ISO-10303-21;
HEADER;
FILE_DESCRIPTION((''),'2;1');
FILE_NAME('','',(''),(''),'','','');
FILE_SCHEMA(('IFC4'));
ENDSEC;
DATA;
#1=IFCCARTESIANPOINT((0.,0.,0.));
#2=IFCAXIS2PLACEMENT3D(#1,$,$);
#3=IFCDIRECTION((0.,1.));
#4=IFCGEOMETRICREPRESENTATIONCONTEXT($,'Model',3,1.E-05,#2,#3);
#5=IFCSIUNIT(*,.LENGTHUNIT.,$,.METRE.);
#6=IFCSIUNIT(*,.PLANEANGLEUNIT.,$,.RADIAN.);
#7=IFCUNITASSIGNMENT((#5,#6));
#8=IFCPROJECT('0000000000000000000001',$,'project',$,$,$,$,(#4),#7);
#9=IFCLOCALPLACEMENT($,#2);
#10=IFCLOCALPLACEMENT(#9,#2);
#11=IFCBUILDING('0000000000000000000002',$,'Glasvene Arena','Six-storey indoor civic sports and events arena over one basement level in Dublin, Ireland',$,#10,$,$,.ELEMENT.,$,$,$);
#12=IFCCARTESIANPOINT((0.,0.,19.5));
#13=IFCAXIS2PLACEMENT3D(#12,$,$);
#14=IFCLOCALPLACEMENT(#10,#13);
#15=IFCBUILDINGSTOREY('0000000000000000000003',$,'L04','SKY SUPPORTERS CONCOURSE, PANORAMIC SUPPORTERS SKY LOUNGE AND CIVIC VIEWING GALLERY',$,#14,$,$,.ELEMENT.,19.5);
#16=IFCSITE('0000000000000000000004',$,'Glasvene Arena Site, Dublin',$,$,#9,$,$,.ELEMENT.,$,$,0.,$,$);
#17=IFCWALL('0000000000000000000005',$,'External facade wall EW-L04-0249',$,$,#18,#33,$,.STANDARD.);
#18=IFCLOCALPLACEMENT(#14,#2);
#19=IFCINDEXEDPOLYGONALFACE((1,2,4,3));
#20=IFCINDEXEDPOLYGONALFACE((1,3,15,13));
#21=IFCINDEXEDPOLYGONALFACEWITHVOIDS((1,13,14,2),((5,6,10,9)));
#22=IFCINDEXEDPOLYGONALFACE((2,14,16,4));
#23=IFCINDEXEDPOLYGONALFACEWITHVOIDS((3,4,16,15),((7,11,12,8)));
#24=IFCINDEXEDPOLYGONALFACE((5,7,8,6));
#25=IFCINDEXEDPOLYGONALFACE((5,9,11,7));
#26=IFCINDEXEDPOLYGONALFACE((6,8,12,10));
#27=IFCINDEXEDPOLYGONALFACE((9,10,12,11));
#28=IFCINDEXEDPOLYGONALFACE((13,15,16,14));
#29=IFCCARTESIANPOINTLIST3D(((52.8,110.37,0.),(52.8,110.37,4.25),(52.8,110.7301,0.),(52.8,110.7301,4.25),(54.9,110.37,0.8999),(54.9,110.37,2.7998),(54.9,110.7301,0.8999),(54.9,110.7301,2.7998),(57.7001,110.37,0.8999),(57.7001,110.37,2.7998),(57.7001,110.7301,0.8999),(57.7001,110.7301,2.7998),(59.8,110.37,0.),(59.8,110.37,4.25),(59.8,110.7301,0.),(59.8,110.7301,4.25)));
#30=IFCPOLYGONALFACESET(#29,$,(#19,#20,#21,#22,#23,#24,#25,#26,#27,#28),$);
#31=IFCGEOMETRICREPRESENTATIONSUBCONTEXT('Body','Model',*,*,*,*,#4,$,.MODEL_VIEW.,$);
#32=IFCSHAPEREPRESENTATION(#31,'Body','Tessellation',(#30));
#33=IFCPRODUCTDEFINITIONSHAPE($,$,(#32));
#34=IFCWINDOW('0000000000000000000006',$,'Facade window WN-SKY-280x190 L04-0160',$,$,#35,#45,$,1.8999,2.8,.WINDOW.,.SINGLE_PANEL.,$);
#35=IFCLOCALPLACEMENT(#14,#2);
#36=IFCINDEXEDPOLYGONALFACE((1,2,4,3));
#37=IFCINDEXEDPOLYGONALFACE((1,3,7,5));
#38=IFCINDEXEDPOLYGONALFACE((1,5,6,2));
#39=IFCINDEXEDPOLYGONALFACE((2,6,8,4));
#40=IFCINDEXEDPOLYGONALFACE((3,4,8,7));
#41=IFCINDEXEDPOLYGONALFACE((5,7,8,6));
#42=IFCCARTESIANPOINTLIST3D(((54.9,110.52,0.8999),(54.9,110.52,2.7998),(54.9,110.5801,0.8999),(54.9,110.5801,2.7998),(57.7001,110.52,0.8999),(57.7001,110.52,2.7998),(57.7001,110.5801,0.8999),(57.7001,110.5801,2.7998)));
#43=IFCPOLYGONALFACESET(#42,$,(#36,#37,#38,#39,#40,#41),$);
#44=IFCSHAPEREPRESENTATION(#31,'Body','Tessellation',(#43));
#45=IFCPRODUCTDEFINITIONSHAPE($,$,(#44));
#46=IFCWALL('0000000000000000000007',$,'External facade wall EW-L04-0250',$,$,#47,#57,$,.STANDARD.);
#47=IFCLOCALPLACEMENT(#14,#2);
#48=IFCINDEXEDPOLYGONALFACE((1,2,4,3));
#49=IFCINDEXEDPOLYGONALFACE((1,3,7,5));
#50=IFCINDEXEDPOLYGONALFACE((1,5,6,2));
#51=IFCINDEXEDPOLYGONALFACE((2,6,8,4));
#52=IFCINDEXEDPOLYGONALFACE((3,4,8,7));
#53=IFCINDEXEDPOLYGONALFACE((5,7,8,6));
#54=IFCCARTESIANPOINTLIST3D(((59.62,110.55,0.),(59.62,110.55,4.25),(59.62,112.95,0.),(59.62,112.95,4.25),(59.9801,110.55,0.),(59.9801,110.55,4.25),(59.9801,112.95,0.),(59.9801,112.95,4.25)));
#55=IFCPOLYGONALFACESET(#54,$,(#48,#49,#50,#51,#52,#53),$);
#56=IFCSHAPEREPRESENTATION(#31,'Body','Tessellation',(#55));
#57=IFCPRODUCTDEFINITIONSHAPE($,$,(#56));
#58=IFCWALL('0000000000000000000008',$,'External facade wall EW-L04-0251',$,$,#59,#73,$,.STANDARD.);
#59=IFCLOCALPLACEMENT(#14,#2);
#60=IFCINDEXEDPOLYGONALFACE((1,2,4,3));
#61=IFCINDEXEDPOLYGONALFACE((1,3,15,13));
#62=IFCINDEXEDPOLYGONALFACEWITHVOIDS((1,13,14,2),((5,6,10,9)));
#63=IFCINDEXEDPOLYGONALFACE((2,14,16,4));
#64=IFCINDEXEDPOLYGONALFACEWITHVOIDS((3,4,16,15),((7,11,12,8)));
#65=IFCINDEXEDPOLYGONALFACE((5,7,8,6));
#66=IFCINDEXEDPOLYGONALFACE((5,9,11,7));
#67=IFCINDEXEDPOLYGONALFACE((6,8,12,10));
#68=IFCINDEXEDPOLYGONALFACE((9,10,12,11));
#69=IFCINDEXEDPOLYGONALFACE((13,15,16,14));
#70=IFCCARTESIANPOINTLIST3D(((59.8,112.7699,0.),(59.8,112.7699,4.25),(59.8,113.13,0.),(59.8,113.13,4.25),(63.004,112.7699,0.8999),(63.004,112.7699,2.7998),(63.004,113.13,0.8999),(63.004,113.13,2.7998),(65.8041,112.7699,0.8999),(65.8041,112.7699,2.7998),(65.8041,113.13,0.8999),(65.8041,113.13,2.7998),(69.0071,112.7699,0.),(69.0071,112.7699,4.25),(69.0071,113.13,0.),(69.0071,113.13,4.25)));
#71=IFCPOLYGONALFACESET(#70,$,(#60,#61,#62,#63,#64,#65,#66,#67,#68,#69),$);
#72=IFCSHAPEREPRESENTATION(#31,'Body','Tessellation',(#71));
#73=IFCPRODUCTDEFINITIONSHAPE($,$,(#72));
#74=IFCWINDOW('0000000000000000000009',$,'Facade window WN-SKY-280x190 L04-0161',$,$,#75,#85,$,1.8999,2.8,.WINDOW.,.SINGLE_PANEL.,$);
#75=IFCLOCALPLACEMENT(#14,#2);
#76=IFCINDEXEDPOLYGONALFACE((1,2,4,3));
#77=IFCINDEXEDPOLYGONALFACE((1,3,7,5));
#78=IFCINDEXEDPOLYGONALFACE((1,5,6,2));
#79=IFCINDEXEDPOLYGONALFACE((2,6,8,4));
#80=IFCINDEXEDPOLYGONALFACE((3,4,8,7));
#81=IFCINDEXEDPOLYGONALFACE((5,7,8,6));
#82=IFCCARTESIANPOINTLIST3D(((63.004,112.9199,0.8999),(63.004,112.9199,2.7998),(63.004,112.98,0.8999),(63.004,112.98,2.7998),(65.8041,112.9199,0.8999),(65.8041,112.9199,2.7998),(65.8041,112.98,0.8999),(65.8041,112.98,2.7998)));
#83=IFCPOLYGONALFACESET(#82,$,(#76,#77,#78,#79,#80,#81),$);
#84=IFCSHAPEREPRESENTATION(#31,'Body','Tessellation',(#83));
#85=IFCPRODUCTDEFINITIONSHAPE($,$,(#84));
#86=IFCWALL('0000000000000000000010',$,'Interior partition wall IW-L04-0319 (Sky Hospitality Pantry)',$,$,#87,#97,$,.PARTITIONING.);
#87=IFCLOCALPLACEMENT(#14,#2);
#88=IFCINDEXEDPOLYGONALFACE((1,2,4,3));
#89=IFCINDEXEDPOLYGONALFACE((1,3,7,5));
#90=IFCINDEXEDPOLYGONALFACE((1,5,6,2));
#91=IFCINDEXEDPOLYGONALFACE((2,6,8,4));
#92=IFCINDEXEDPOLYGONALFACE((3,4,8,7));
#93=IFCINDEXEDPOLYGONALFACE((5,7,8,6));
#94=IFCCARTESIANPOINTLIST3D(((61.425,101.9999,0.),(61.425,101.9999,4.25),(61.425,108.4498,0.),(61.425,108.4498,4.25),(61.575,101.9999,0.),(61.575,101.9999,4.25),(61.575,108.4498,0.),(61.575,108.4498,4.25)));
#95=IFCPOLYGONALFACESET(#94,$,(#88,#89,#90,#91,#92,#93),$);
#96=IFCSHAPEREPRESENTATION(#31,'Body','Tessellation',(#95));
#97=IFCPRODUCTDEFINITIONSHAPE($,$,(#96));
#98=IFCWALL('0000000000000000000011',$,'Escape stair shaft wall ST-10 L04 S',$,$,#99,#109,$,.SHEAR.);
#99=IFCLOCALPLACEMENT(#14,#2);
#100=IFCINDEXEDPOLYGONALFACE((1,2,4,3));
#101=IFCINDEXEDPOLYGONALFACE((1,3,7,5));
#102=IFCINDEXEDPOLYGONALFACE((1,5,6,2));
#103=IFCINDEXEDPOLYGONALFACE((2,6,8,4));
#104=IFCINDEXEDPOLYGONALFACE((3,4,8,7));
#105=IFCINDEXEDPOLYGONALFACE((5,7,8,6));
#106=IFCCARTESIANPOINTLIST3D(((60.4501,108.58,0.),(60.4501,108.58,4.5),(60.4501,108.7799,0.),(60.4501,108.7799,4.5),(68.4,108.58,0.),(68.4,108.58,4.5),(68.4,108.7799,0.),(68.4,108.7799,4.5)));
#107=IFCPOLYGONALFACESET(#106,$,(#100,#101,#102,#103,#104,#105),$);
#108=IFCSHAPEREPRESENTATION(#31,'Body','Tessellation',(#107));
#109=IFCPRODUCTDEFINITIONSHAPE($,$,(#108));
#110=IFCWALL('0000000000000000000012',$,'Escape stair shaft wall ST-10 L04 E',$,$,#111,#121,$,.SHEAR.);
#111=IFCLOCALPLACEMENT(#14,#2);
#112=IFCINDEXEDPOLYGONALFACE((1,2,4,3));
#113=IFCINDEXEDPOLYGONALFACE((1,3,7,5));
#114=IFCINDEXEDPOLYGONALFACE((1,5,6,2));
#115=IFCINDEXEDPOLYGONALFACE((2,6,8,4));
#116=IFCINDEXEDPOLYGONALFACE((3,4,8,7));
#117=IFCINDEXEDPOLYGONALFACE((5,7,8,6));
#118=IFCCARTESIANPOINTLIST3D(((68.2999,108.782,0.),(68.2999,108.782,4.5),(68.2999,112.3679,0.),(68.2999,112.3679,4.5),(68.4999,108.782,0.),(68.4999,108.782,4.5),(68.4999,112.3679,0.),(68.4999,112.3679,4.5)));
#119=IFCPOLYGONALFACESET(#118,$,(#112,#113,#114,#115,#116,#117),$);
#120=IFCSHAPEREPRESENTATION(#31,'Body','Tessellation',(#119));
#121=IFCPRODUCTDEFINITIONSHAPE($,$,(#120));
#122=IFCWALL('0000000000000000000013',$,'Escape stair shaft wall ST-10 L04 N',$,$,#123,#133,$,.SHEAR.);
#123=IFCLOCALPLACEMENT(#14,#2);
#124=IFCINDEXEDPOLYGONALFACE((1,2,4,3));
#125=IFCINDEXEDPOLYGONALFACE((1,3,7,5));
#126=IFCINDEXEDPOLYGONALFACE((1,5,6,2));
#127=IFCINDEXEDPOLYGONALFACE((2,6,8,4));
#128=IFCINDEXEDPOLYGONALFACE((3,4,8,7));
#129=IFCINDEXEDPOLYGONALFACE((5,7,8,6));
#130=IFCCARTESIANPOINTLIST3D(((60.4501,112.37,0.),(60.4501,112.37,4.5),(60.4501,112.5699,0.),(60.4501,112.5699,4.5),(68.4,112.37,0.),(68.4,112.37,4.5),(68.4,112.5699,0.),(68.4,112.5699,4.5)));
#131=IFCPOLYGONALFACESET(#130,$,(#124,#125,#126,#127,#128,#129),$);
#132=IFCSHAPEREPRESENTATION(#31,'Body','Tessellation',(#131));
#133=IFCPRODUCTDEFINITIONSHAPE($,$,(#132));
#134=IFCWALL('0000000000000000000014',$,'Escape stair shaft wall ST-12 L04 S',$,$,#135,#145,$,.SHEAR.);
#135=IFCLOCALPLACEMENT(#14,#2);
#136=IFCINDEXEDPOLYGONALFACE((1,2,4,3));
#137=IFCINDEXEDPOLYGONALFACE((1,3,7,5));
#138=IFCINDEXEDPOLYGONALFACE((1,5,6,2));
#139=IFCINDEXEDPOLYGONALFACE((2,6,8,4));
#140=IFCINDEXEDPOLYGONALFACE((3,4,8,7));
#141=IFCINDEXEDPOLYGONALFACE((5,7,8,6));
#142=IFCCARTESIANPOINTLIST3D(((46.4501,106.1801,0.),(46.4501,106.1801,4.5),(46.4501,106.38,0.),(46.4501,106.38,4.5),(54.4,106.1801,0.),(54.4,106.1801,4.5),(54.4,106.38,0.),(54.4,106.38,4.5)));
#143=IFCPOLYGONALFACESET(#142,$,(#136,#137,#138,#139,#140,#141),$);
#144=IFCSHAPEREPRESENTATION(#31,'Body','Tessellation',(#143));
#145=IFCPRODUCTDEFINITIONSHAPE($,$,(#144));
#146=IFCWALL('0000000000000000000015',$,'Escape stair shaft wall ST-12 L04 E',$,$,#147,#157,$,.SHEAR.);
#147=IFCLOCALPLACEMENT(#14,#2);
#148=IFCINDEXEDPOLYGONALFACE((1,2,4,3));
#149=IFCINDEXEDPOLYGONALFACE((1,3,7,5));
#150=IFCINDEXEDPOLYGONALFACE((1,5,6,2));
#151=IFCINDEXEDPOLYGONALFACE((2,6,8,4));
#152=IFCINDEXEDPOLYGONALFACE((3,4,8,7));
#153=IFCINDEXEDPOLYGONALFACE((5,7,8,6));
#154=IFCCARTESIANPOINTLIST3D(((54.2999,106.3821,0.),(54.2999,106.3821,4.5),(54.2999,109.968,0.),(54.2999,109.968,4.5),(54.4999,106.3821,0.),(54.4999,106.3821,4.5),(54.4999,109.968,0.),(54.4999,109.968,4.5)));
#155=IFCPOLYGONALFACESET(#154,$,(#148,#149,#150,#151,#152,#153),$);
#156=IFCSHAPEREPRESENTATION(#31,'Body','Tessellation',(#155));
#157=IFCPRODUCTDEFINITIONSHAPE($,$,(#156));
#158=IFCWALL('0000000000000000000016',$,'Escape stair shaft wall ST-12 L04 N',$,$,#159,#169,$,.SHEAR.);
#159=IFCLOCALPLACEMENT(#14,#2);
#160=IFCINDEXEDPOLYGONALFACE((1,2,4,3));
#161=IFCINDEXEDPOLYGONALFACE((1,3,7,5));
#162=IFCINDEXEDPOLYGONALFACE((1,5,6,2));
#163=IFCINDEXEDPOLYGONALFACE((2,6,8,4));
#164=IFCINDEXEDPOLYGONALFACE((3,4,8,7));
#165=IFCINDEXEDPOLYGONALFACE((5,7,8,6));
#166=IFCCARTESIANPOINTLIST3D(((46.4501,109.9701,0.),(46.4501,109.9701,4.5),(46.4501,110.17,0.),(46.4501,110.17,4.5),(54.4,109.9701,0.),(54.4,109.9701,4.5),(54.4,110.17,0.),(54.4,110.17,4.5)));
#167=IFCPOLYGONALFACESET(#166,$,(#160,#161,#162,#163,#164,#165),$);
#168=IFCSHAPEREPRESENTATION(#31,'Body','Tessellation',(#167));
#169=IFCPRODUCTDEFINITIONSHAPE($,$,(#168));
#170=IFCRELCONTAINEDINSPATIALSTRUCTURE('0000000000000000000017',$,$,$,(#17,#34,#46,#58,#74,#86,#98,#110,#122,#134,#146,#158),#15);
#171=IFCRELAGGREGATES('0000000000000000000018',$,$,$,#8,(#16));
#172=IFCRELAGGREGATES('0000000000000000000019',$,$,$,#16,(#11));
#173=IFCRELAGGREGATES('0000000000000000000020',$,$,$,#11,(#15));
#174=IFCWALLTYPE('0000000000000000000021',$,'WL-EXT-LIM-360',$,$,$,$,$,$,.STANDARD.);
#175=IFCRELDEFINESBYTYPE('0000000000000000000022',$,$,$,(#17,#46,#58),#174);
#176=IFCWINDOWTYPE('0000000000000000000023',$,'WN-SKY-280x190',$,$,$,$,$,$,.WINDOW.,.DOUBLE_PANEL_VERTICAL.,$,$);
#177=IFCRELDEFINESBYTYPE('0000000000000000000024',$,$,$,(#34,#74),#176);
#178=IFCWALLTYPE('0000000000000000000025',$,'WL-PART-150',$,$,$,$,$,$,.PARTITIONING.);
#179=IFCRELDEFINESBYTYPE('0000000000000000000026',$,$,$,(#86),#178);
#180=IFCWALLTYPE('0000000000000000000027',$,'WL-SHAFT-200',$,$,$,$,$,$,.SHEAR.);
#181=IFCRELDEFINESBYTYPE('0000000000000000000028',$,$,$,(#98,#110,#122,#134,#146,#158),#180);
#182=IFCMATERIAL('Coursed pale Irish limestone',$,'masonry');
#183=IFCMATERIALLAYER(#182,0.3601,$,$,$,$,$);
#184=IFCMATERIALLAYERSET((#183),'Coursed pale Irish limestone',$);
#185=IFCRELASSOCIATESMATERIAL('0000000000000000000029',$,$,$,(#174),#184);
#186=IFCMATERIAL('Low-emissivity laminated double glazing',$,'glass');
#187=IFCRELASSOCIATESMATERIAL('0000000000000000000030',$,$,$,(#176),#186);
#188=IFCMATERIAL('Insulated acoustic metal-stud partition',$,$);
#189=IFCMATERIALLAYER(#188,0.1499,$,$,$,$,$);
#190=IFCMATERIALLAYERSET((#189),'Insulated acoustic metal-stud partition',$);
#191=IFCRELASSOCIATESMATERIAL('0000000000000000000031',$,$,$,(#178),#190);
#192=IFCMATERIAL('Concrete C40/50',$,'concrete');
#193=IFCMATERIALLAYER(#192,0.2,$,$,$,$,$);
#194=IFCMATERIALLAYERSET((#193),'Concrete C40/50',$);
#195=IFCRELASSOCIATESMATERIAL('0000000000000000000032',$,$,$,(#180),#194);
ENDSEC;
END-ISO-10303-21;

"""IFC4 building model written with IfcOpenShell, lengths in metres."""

from ifc_helpers import new_model, si_unit, direction, frame, frame_2d, origin, place, context, subcontext, project, spatial, rectangle, extrude, material, layer, layer_set, type_object, element, fill, save


model = new_model("IFC4")

# Units and contexts
model_context = context("Model", 3, precision=1e-05, world=origin(), true_north=direction((0.0, 1.0)))
body_context = subcontext(model_context, "Body", "Model", "MODEL_VIEW")
ifc_project = project(units=[si_unit("LENGTHUNIT", "METRE"), si_unit("PLANEANGLEUNIT", "RADIAN")], contexts=[model_context])

# Site, building, storey
site_placement = place(None, origin())
site = spatial("IfcSite", under=ifc_project, at=site_placement, Name="Glasvene Arena Site, Dublin", CompositionType="ELEMENT", RefElevation=0.0)
building_placement = place(site_placement, origin())
building = spatial("IfcBuilding", under=site, at=building_placement, Name="Glasvene Arena", Description="Six-storey indoor civic sports and events arena over one basement level in Dublin, Ireland", CompositionType="ELEMENT")
storey_placement = place(building_placement, frame((0.0, 0.0, 19.5)))
storey = spatial("IfcBuildingStorey", under=building, at=storey_placement, Name="L04", Description="SKY SUPPORTERS CONCOURSE, PANORAMIC SUPPORTERS SKY LOUNGE AND CIVIC VIEWING GALLERY", CompositionType="ELEMENT", Elevation=19.5)

# Wall, opening, window
ifc_material_1 = material(Name="Coursed pale Irish limestone", Category="masonry")
ifc_layer_1 = layer(ifc_material_1, 0.3601)
ifc_layer_set_1 = layer_set([ifc_layer_1], Name="Coursed pale Irish limestone")
wall_type_1 = type_object("IfcWallType", Name="WL-EXT-LIM-360", PredefinedType="STANDARD", material=ifc_layer_set_1)
ifc_material_2 = material(Name="Low-emissivity laminated double glazing", Category="glass")
window_type = type_object("IfcWindowType", Name="WN-SKY-280x190", PartitioningType="DOUBLE_PANEL_VERTICAL", PredefinedType="WINDOW", material=ifc_material_2)
wall_1_placement = place(storey_placement, frame((52.8, 110.55, 0.0), z_axis=(0.0, 0.0, 1.0), x_axis=(1.0, 0.0, 0.0)))
wall_1 = element("IfcWall", 1, at=wall_1_placement, inside=storey, type_object=wall_type_1, Name="External facade wall EW-L04-0249", PredefinedType="STANDARD", context=body_context, shape_type="SweptSolid", body=[
    extrude(rectangle(XDim=7.0, YDim=0.3601, at=frame_2d((3.5, 0.0))), origin(), (0.0, 0.0, 1.0), 4.25),
])
opening_1_placement = place(wall_1_placement, frame((2.1001, 0.0, 0.8999)))
opening_1 = element("IfcOpeningElement", 2, at=opening_1_placement, cuts=wall_1, PredefinedType="OPENING", context=body_context, shape_type="SweptSolid", body=[
    extrude(rectangle(XDim=2.8, YDim=1.8999, at=frame_2d((1.3999, 0.95))), frame((0.0, 0.1899, 0.0), z_axis=(0.0, -1.0, 0.0), x_axis=(1.0, 0.0, 0.0)), (0.0, 0.0, 1.0), 0.3801),
])
window_1_placement = place(opening_1_placement, origin())
window_1 = element("IfcWindow", 3, at=window_1_placement, inside=storey, type_object=window_type, Name="Facade window WN-SKY-280x190 L04-0160", OverallHeight=1.8999, OverallWidth=2.8, PartitioningType="SINGLE_PANEL", PredefinedType="WINDOW", context=body_context, shape_type="SweptSolid", body=[
    extrude(rectangle(XDim=2.8, YDim=1.8999, at=frame_2d((1.3999, 0.95))), frame((0.0, 0.03, 0.0), z_axis=(0.0, -1.0, 0.0), x_axis=(1.0, 0.0, 0.0)), (0.0, 0.0, 1.0), 0.0601),
])
fill(opening_1, window_1)

# Wall
wall_2_placement = place(storey_placement, frame((59.8, 110.55, 0.0), z_axis=(0.0, 0.0, 1.0), x_axis=(0.0, 1.0, 0.0)))
element("IfcWall", 4, at=wall_2_placement, inside=storey, type_object=wall_type_1, Name="External facade wall EW-L04-0250", PredefinedType="STANDARD", context=body_context, shape_type="SweptSolid", body=[
    extrude(rectangle(XDim=2.3999, YDim=0.3601, at=frame_2d((1.2, 0.0))), origin(), (0.0, 0.0, 1.0), 4.25),
])

# Wall, opening, window
wall_3_placement = place(storey_placement, frame((59.8, 112.95, 0.0), z_axis=(0.0, 0.0, 1.0), x_axis=(1.0, 0.0, 0.0)))
wall_3 = element("IfcWall", 5, at=wall_3_placement, inside=storey, type_object=wall_type_1, Name="External facade wall EW-L04-0251", PredefinedType="STANDARD", context=body_context, shape_type="SweptSolid", body=[
    extrude(rectangle(XDim=9.207, YDim=0.3601, at=frame_2d((4.6035, 0.0))), origin(), (0.0, 0.0, 1.0), 4.25),
])
opening_2_placement = place(wall_3_placement, frame((3.2041, 0.0, 0.8999)))
opening_2 = element("IfcOpeningElement", 6, at=opening_2_placement, cuts=wall_3, PredefinedType="OPENING", context=body_context, shape_type="SweptSolid", body=[
    extrude(rectangle(XDim=2.8, YDim=1.8999, at=frame_2d((1.3999, 0.95))), frame((0.0, 0.1899, 0.0), z_axis=(0.0, -1.0, 0.0), x_axis=(1.0, 0.0, 0.0)), (0.0, 0.0, 1.0), 0.3801),
])
window_2_placement = place(opening_2_placement, origin())
window_2 = element("IfcWindow", 7, at=window_2_placement, inside=storey, type_object=window_type, Name="Facade window WN-SKY-280x190 L04-0161", OverallHeight=1.8999, OverallWidth=2.8, PartitioningType="SINGLE_PANEL", PredefinedType="WINDOW", context=body_context, shape_type="SweptSolid", body=[
    extrude(rectangle(XDim=2.8, YDim=1.8999, at=frame_2d((1.3999, 0.95))), frame((0.0, 0.03, 0.0), z_axis=(0.0, -1.0, 0.0), x_axis=(1.0, 0.0, 0.0)), (0.0, 0.0, 1.0), 0.0601),
])
fill(opening_2, window_2)

# Walls
ifc_material_3 = material(Name="Insulated acoustic metal-stud partition")
ifc_layer_2 = layer(ifc_material_3, 0.1499)
ifc_layer_set_2 = layer_set([ifc_layer_2], Name="Insulated acoustic metal-stud partition")
wall_type_2 = type_object("IfcWallType", Name="WL-PART-150", PredefinedType="PARTITIONING", material=ifc_layer_set_2)
wall_4_placement = place(storey_placement, frame((61.5, 108.45, 0.0), z_axis=(0.0, 0.0, 1.0), x_axis=(0.0, -1.0, 0.0)))
element("IfcWall", 8, at=wall_4_placement, inside=storey, type_object=wall_type_2, Name="Interior partition wall IW-L04-0319 (Sky Hospitality Pantry)", PredefinedType="PARTITIONING", context=body_context, shape_type="SweptSolid", body=[
    extrude(rectangle(XDim=6.45, YDim=0.1499, at=frame_2d((3.2251, 0.0))), origin(), (0.0, 0.0, 1.0), 4.25),
])
ifc_material_4 = material(Name="Concrete C40/50", Category="concrete")
ifc_layer_3 = layer(ifc_material_4, 0.2)
ifc_layer_set_3 = layer_set([ifc_layer_3], Name="Concrete C40/50")
wall_type_3 = type_object("IfcWallType", Name="WL-SHAFT-200", PredefinedType="SHEAR", material=ifc_layer_set_3)
wall_5_placement = place(storey_placement, frame((60.45, 108.6799, 0.0), z_axis=(0.0, 0.0, 1.0), x_axis=(1.0, 0.0, 0.0)))
element("IfcWall", 9, at=wall_5_placement, inside=storey, type_object=wall_type_3, Name="Escape stair shaft wall ST-10 L04 S", PredefinedType="SHEAR", context=body_context, shape_type="SweptSolid", body=[
    extrude(rectangle(XDim=7.95, YDim=0.2, at=frame_2d((3.9751, 0.0))), origin(), (0.0, 0.0, 1.0), 4.5),
])

# Walls
wall_6_placement = place(storey_placement, frame((68.3999, 108.782, 0.0), z_axis=(0.0, 0.0, 1.0), x_axis=(0.0, 1.0, 0.0)))
element("IfcWall", 10, at=wall_6_placement, inside=storey, type_object=wall_type_3, Name="Escape stair shaft wall ST-10 L04 E", PredefinedType="SHEAR", context=body_context, shape_type="SweptSolid", body=[
    extrude(rectangle(XDim=3.5859, YDim=0.2, at=frame_2d((1.793, 0.0))), origin(), (0.0, 0.0, 1.0), 4.5),
])
for number, where, z_axis, x_axis, name in (
    (11, (60.45, 112.47, 0.0), (0.0, 0.0, 1.0), (1.0, 0.0, 0.0), "Escape stair shaft wall ST-10 L04 N"),
    (12, (46.45, 106.28, 0.0), (0.0, 0.0, 1.0), (1.0, 0.0, 0.0), "Escape stair shaft wall ST-12 L04 S"),
):
    element("IfcWall", number, at=place(storey_placement, frame(where, z_axis=z_axis, x_axis=x_axis)), inside=storey, type_object=wall_type_3, Name=name, PredefinedType="SHEAR", context=body_context, shape_type="SweptSolid", body=[
        extrude(rectangle(XDim=7.95, YDim=0.2, at=frame_2d((3.9751, 0.0))), origin(), (0.0, 0.0, 1.0), 4.5),
    ])

# Walls
wall_7_placement = place(storey_placement, frame((54.3999, 106.3821, 0.0), z_axis=(0.0, 0.0, 1.0), x_axis=(0.0, 1.0, 0.0)))
element("IfcWall", 13, at=wall_7_placement, inside=storey, type_object=wall_type_3, Name="Escape stair shaft wall ST-12 L04 E", PredefinedType="SHEAR", context=body_context, shape_type="SweptSolid", body=[
    extrude(rectangle(XDim=3.5859, YDim=0.2, at=frame_2d((1.793, 0.0))), origin(), (0.0, 0.0, 1.0), 4.5),
])
wall_8_placement = place(storey_placement, frame((46.45, 110.0701, 0.0), z_axis=(0.0, 0.0, 1.0), x_axis=(1.0, 0.0, 0.0)))
element("IfcWall", 14, at=wall_8_placement, inside=storey, type_object=wall_type_3, Name="Escape stair shaft wall ST-12 L04 N", PredefinedType="SHEAR", context=body_context, shape_type="SweptSolid", body=[
    extrude(rectangle(XDim=7.95, YDim=0.2, at=frame_2d((3.9751, 0.0))), origin(), (0.0, 0.0, 1.0), 4.5),
])

save(model, "model.ifc")
